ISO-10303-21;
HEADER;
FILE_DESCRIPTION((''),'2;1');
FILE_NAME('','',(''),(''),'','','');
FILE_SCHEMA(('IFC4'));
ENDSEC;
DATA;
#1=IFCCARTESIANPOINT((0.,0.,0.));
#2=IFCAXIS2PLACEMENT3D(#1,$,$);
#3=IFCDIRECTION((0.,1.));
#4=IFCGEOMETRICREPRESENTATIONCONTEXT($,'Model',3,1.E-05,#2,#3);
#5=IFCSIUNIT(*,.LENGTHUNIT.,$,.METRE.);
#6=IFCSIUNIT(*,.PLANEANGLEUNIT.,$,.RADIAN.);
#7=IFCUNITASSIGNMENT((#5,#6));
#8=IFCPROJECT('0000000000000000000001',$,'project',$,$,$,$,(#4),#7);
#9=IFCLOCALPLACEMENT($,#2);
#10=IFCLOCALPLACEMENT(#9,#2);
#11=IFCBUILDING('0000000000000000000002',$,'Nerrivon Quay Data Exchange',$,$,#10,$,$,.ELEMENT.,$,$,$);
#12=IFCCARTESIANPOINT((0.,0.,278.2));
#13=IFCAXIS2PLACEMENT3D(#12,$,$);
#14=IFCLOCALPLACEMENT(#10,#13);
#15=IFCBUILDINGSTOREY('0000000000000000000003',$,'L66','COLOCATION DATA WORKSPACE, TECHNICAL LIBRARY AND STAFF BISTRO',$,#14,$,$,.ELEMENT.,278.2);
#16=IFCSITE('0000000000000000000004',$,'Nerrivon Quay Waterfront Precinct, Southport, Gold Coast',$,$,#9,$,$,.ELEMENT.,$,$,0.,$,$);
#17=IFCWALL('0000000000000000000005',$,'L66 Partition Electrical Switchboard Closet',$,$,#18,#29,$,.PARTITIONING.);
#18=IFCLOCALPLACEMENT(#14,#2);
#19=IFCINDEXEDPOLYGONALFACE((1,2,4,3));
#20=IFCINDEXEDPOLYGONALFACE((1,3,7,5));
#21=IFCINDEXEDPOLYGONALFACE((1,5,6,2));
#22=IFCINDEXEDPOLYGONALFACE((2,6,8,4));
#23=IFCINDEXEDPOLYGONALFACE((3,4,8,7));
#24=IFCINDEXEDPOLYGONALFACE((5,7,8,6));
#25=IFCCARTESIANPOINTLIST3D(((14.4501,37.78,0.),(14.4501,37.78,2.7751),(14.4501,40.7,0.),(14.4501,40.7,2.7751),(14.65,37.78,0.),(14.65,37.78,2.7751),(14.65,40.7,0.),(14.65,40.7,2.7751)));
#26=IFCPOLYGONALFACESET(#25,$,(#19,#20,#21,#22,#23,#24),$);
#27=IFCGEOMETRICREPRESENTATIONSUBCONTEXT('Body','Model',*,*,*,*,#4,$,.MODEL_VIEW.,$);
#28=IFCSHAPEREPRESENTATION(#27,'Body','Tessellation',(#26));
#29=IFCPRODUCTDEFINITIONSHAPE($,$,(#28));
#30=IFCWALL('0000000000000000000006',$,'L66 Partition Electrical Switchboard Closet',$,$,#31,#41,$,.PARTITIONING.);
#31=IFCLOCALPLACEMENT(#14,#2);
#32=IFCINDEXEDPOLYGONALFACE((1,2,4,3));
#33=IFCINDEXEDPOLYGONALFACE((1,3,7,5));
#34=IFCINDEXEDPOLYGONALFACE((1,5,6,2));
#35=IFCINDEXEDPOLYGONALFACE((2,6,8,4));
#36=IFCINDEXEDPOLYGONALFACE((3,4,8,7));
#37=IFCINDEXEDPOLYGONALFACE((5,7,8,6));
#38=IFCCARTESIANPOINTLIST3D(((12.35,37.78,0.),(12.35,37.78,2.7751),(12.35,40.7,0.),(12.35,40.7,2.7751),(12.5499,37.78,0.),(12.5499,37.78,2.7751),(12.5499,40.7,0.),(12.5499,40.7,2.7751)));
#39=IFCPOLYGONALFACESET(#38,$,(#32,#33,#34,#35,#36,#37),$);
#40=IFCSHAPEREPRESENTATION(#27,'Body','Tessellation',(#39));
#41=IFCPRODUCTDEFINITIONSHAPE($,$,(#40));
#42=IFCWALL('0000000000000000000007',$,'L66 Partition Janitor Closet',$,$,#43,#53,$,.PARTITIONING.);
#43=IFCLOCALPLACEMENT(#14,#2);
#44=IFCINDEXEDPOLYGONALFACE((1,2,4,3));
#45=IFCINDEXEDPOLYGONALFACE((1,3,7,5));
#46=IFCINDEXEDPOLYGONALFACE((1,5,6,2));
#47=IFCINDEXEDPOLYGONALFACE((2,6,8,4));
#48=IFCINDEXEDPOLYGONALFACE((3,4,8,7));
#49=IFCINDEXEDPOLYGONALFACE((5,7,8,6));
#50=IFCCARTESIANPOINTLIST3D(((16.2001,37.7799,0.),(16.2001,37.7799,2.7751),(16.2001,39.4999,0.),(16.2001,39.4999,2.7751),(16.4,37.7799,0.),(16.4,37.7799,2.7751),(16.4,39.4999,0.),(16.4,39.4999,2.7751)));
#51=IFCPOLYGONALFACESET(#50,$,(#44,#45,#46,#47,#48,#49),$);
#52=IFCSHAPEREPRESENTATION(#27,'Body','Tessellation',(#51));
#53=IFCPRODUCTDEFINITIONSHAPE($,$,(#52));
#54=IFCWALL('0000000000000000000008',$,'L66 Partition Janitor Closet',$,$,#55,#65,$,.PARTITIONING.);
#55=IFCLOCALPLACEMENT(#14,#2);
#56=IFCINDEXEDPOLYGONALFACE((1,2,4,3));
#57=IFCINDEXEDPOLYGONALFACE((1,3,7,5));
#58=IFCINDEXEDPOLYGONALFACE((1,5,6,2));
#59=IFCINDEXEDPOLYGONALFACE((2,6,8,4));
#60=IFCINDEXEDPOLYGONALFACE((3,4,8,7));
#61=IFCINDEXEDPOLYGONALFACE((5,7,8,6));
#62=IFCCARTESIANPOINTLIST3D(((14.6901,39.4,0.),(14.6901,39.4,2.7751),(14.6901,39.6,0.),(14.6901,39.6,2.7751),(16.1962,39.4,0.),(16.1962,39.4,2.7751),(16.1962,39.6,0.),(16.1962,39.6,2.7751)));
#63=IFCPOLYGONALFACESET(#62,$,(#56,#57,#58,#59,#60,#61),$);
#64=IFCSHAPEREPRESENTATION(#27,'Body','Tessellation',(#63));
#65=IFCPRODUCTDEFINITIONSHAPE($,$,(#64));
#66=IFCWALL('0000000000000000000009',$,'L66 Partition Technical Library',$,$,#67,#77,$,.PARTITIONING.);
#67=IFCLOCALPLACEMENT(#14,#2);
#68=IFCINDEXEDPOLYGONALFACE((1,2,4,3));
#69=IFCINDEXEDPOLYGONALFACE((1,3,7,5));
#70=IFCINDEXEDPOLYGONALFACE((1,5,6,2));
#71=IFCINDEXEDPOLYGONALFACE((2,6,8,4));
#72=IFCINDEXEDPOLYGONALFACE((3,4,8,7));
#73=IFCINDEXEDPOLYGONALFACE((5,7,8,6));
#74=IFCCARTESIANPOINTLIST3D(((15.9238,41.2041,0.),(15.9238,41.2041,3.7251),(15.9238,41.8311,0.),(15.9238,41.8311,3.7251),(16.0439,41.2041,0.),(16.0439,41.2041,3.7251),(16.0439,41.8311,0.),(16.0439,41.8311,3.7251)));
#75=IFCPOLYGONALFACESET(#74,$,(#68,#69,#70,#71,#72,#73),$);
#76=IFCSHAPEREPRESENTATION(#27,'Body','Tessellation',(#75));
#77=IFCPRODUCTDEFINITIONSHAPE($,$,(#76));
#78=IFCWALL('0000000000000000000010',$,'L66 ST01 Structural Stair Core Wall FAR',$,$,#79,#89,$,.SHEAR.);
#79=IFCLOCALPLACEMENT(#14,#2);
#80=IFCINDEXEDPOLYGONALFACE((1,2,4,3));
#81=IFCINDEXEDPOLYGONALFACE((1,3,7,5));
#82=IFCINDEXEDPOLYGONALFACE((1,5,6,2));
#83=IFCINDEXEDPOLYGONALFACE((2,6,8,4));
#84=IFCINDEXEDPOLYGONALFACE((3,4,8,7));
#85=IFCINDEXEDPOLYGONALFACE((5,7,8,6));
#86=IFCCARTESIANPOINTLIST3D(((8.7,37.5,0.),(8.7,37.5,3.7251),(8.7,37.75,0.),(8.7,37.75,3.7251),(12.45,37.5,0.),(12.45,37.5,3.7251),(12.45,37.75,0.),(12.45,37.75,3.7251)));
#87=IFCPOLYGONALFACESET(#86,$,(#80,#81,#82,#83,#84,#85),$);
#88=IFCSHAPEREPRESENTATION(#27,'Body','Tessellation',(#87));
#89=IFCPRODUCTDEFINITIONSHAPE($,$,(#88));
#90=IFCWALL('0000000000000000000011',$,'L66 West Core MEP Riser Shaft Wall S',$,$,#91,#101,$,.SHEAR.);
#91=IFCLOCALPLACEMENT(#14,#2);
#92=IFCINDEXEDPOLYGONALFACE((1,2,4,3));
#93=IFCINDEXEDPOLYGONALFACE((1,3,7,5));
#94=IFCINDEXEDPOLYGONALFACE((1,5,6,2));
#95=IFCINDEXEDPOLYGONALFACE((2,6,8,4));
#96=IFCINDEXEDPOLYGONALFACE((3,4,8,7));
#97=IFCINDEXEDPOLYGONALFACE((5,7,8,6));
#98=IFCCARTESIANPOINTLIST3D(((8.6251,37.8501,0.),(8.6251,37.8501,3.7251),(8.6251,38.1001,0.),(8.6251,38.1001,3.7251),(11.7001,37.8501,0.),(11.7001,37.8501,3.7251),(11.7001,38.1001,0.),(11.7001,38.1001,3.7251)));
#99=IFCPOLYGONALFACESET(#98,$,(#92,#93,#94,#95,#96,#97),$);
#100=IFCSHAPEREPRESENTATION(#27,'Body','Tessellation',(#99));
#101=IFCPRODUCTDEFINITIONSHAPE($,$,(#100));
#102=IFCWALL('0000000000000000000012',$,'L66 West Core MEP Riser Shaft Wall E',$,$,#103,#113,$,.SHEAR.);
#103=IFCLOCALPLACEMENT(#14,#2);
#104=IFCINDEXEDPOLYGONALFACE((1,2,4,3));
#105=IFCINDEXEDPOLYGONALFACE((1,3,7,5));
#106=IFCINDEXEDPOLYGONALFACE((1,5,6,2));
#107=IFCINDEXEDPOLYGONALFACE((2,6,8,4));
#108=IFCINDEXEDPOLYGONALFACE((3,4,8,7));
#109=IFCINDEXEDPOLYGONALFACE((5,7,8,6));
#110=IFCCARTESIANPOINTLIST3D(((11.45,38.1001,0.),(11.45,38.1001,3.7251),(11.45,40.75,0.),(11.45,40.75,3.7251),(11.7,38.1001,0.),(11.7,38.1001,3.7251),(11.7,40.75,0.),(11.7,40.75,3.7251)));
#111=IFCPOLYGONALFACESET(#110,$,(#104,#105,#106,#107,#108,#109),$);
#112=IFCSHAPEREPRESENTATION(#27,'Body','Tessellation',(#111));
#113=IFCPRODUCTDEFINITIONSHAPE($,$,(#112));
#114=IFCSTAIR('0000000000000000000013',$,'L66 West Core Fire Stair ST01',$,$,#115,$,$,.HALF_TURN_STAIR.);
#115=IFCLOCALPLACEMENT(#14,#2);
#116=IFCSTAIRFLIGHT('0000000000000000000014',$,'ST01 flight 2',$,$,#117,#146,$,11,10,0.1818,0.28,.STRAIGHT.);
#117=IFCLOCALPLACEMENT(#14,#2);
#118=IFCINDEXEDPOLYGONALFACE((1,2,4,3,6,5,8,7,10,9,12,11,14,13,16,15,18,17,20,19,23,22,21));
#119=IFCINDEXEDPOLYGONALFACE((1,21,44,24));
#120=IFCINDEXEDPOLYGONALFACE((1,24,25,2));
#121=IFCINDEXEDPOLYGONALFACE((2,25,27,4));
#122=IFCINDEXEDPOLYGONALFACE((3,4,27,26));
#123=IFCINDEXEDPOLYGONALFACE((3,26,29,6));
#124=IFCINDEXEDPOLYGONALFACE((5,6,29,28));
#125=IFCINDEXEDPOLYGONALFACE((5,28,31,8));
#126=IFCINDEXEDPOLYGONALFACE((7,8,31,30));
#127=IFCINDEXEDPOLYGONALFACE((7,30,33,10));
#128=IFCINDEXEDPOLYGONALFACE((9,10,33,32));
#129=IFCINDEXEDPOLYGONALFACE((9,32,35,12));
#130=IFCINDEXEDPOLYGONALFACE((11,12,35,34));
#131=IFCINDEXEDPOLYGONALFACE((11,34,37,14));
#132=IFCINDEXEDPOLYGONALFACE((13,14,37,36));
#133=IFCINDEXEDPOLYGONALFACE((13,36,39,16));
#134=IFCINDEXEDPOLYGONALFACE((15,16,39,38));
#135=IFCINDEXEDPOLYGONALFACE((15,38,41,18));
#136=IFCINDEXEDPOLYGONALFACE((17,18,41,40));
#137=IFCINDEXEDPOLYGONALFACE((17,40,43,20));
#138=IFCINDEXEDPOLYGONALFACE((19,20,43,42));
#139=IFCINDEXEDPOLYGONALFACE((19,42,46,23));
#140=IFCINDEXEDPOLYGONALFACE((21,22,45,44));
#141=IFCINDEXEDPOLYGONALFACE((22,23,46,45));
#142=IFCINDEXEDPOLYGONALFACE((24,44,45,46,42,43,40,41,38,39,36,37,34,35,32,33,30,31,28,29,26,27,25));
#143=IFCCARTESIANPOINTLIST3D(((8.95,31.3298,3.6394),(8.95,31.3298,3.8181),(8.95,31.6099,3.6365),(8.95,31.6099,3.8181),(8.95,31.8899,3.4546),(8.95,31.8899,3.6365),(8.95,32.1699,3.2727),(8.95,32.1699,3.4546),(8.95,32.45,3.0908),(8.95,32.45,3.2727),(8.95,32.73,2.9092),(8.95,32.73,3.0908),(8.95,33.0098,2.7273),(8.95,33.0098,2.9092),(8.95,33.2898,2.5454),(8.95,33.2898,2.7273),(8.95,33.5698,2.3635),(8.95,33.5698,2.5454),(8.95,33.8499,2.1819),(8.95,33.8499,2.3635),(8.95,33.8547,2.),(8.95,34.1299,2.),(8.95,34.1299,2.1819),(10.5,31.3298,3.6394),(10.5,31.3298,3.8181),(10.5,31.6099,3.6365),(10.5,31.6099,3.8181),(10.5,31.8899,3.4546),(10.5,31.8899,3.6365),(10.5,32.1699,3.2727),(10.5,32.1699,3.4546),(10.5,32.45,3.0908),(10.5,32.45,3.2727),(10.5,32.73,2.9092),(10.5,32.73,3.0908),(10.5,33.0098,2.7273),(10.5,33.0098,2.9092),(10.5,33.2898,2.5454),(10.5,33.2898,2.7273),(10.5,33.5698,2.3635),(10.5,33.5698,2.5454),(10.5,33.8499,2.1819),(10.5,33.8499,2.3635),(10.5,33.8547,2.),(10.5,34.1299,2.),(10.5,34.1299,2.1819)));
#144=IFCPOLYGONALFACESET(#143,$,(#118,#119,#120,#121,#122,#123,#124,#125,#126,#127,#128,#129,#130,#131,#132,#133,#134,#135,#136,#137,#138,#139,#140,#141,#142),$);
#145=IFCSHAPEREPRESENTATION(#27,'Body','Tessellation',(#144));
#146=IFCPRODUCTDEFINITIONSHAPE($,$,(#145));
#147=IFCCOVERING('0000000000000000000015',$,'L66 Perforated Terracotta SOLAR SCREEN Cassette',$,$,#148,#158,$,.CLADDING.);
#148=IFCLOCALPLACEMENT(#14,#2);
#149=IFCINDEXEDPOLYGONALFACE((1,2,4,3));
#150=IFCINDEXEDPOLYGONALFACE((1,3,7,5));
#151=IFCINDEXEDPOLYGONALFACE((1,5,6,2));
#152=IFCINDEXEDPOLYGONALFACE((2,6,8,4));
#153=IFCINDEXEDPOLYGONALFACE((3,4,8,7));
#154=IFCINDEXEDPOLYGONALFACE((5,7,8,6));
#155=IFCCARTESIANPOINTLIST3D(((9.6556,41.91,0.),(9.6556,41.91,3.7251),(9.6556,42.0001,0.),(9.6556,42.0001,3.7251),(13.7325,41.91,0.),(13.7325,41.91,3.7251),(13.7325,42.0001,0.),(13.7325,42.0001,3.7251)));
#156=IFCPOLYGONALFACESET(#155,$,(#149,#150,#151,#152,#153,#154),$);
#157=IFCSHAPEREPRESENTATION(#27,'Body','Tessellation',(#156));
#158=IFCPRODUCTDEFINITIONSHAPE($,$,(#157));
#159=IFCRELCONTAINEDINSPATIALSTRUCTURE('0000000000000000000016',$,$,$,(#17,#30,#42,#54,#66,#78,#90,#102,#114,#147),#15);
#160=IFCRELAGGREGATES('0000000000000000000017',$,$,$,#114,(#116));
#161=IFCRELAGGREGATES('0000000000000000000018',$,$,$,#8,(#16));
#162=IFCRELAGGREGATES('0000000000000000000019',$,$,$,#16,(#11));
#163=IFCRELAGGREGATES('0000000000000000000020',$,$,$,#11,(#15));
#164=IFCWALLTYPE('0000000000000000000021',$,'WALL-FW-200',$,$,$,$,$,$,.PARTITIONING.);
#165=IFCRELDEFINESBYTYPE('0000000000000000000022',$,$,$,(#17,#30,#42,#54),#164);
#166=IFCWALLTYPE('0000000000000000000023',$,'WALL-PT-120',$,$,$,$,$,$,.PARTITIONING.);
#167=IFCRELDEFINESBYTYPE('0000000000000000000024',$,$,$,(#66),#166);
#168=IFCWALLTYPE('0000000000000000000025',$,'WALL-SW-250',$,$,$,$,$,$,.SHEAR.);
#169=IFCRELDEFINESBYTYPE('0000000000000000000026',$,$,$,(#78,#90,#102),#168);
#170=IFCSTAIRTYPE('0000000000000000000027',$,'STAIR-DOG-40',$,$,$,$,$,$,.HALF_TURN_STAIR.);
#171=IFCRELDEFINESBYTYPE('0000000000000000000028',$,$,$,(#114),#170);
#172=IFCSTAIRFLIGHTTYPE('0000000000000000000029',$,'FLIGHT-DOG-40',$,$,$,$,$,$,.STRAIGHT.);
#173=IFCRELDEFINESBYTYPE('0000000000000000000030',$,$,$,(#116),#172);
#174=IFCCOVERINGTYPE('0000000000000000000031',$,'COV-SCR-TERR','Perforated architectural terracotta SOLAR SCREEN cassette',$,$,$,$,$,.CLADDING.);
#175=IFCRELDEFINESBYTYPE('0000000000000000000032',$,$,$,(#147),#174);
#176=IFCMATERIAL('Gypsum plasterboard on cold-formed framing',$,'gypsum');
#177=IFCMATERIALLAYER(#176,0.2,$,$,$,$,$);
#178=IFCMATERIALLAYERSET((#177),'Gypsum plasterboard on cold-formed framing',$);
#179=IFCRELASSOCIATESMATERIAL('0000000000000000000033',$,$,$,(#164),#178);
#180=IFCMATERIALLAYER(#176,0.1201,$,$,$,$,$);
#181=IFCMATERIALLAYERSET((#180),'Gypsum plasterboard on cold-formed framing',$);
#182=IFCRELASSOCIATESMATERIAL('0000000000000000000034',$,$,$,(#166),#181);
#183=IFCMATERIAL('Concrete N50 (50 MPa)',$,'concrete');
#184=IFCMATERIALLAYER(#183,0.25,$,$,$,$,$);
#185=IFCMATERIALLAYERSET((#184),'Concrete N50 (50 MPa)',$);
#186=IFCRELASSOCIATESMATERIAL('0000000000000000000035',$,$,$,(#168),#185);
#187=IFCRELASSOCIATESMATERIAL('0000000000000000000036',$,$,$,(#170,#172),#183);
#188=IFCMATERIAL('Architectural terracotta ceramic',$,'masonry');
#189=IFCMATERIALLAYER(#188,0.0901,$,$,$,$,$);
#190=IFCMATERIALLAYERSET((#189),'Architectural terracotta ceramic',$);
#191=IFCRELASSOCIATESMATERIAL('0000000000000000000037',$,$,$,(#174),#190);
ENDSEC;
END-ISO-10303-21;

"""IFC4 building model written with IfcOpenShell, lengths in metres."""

from ifc_helpers import new_model, si_unit, direction, frame, frame_2d, origin, origin_2d, place, context, subcontext, project, spatial, polyline, rectangle, outline, extrude, material, layer, layer_set, type_object, element, aggregate, save


model = new_model("IFC4")

# Units and contexts
model_context = context("Model", 3, precision=1e-05, world=origin(), true_north=direction((0.0, 1.0)))
body_context = subcontext(model_context, "Body", "Model", "MODEL_VIEW")
ifc_project = project(units=[si_unit("LENGTHUNIT", "METRE"), si_unit("PLANEANGLEUNIT", "RADIAN")], contexts=[model_context])

# Site, building, storey
site_placement = place(None, origin())
site = spatial("IfcSite", under=ifc_project, at=site_placement, Name="Nerrivon Quay Waterfront Precinct, Southport, Gold Coast", CompositionType="ELEMENT", RefElevation=0.0)
building_placement = place(site_placement, origin())
building = spatial("IfcBuilding", under=site, at=building_placement, Name="Nerrivon Quay Data Exchange", CompositionType="ELEMENT")
storey_placement = place(building_placement, frame((0.0, 0.0, 278.2)))
storey = spatial("IfcBuildingStorey", under=building, at=storey_placement, Name="L66", Description="COLOCATION DATA WORKSPACE, TECHNICAL LIBRARY AND STAFF BISTRO", CompositionType="ELEMENT", Elevation=278.2)

# Shared definitions
ifc_material_1 = material(Name="Concrete N50 (50 MPa)", Category="concrete")

# Walls
ifc_material_2 = material(Name="Gypsum plasterboard on cold-formed framing", Category="gypsum")
ifc_layer_1 = layer(ifc_material_2, 0.2)
ifc_layer_set_1 = layer_set([ifc_layer_1], Name="Gypsum plasterboard on cold-formed framing")
wall_type_1 = type_object("IfcWallType", Name="WALL-FW-200", PredefinedType="PARTITIONING", material=ifc_layer_set_1)
for number, where, z_axis, x_axis, name in (
    (1, (14.55, 37.78, 0.0), (0.0, 0.0, 1.0), (0.0, 1.0, 0.0), "L66 Partition Electrical Switchboard Closet"),
    (2, (12.45, 40.7, 0.0), (0.0, 0.0, 1.0), (0.0, -1.0, 0.0), "L66 Partition Electrical Switchboard Closet"),
):
    element("IfcWall", number, at=place(storey_placement, frame(where, z_axis=z_axis, x_axis=x_axis)), inside=storey, type_object=wall_type_1, Name=name, PredefinedType="PARTITIONING", context=body_context, shape_type="SweptSolid", body=[
        extrude(rectangle(XDim=2.9199, YDim=0.2, at=frame_2d((1.46, 0.0))), origin(), (0.0, 0.0, 1.0), 2.7751),
    ])
wall_1_placement = place(storey_placement, frame((16.3, 37.78, 0.0), z_axis=(0.0, 0.0, 1.0), x_axis=(0.0, 1.0, 0.0)))
element("IfcWall", 3, at=wall_1_placement, inside=storey, type_object=wall_type_1, Name="L66 Partition Janitor Closet", PredefinedType="PARTITIONING", context=body_context, shape_type="SweptSolid", body=[
    extrude(rectangle(XDim=1.72, YDim=0.2, at=frame_2d((0.8599, 0.0))), origin(), (0.0, 0.0, 1.0), 2.7751),
])
wall_2_placement = place(storey_placement, frame((16.196, 39.5, 0.0), z_axis=(0.0, 0.0, 1.0), x_axis=(-1.0, 0.0, 0.0)))
element("IfcWall", 4, at=wall_2_placement, inside=storey, type_object=wall_type_1, Name="L66 Partition Janitor Closet", PredefinedType="PARTITIONING", context=body_context, shape_type="SweptSolid", body=[
    extrude(rectangle(XDim=1.5061, YDim=0.2, at=frame_2d((0.7529, 0.0))), origin(), (0.0, 0.0, 1.0), 2.7751),
])
ifc_layer_2 = layer(ifc_material_2, 0.1201)
ifc_layer_set_2 = layer_set([ifc_layer_2], Name="Gypsum plasterboard on cold-formed framing")
wall_type_2 = type_object("IfcWallType", Name="WALL-PT-120", PredefinedType="PARTITIONING", material=ifc_layer_set_2)
wall_3_placement = place(storey_placement, frame((15.9839, 41.2041, 0.0), z_axis=(0.0, 0.0, 1.0), x_axis=(0.0, 1.0, 0.0)))
element("IfcWall", 5, at=wall_3_placement, inside=storey, type_object=wall_type_2, Name="L66 Partition Technical Library", PredefinedType="PARTITIONING", context=body_context, shape_type="SweptSolid", body=[
    extrude(rectangle(XDim=0.627, YDim=0.1201, at=frame_2d((0.3135, 0.0))), origin(), (0.0, 0.0, 1.0), 3.7251),
])
ifc_layer_3 = layer(ifc_material_1, 0.25)
ifc_layer_set_3 = layer_set([ifc_layer_3], Name="Concrete N50 (50 MPa)")
wall_type_3 = type_object("IfcWallType", Name="WALL-SW-250", PredefinedType="SHEAR", material=ifc_layer_set_3)
wall_4_placement = place(storey_placement, frame((12.45, 37.625, 0.0), z_axis=(0.0, 0.0, 1.0), x_axis=(-1.0, 0.0, 0.0)))
element("IfcWall", 6, at=wall_4_placement, inside=storey, type_object=wall_type_3, Name="L66 ST01 Structural Stair Core Wall FAR", PredefinedType="SHEAR", context=body_context, shape_type="SweptSolid", body=[
    extrude(rectangle(XDim=3.75, YDim=0.25, at=frame_2d((1.875, 0.0))), origin(), (0.0, 0.0, 1.0), 3.7251),
])
wall_5_placement = place(storey_placement, frame((8.625, 37.9751, 0.0), z_axis=(0.0, 0.0, 1.0), x_axis=(1.0, 0.0, 0.0)))
element("IfcWall", 7, at=wall_5_placement, inside=storey, type_object=wall_type_3, Name="L66 West Core MEP Riser Shaft Wall S", PredefinedType="SHEAR", context=body_context, shape_type="SweptSolid", body=[
    extrude(rectangle(XDim=3.075, YDim=0.25, at=frame_2d((1.5376, 0.0))), origin(), (0.0, 0.0, 1.0), 3.7251),
])
wall_6_placement = place(storey_placement, frame((11.575, 38.1001, 0.0), z_axis=(0.0, 0.0, 1.0), x_axis=(0.0, 1.0, 0.0)))
element("IfcWall", 8, at=wall_6_placement, inside=storey, type_object=wall_type_3, Name="L66 West Core MEP Riser Shaft Wall E", PredefinedType="SHEAR", context=body_context, shape_type="SweptSolid", body=[
    extrude(rectangle(XDim=2.6499, YDim=0.25, at=frame_2d((1.325, 0.0))), origin(), (0.0, 0.0, 1.0), 3.7251),
])

# Stair, stair flight
stair_type = type_object("IfcStairType", Name="STAIR-DOG-40", PredefinedType="HALF_TURN_STAIR", material=ifc_material_1)
stair_placement = place(storey_placement, origin())
stair = element("IfcStair", 9, at=stair_placement, inside=storey, type_object=stair_type, Name="L66 West Core Fire Stair ST01", PredefinedType="HALF_TURN_STAIR")
stair_flight_type = type_object("IfcStairFlightType", Name="FLIGHT-DOG-40", PredefinedType="STRAIGHT", material=ifc_material_1)
stair_flight_placement = place(storey_placement, frame((9.7251, 34.1299, 2.0), z_axis=(0.0, 0.0, 1.0), x_axis=(0.0, -1.0, 0.0)))
stair_flight = element("IfcStairFlight", 10, at=stair_flight_placement, type_object=stair_flight_type, Name="ST01 flight 2", NumberOfRisers=11, NumberOfTreads=10, PredefinedType="STRAIGHT", RiserHeight=0.1818, TreadLength=0.28, context=body_context, shape_type="SweptSolid", body=[
    extrude(outline(polyline([(0.0, 0.0), (0.0, 0.1819), (0.28, 0.1819), (0.28, 0.3635), (0.5601, 0.3635), (0.5601, 0.5454), (0.8401, 0.5454), (0.8401, 0.7273), (1.1201, 0.7273), (1.1201, 0.9092), (1.3999, 0.9092), (1.3999, 1.0908), (1.6799, 1.0908), (1.6799, 1.2727), (1.96, 1.2727), (1.96, 1.4546), (2.24, 1.4546), (2.24, 1.6365), (2.52, 1.6365), (2.52, 1.8181), (2.8, 1.8181), (2.8, 2.0), (2.8, 1.6394), (0.2751, 0.0), (0.0, 0.0)])), frame((0.0, 0.7749, 0.0), z_axis=(0.0, -1.0, 0.0), x_axis=(1.0, 0.0, 0.0)), (0.0, 0.0, 1.0), 1.55),
])
aggregate(stair, [stair_flight])

# Covering
ifc_material_3 = material(Name="Architectural terracotta ceramic", Category="masonry")
ifc_layer_4 = layer(ifc_material_3, 0.0901)
ifc_layer_set_4 = layer_set([ifc_layer_4], Name="Architectural terracotta ceramic")
covering_type = type_object("IfcCoveringType", Name="COV-SCR-TERR", Description="Perforated architectural terracotta SOLAR SCREEN cassette", PredefinedType="CLADDING", material=ifc_layer_set_4)
covering_placement = place(storey_placement, frame((11.6941, 41.9551, 0.0), z_axis=(0.0, 0.0, 1.0), x_axis=(1.0, 0.0, 0.0)))
element("IfcCovering", 11, at=covering_placement, inside=storey, type_object=covering_type, Name="L66 Perforated Terracotta SOLAR SCREEN Cassette", PredefinedType="CLADDING", context=body_context, shape_type="SweptSolid", body=[
    extrude(rectangle(XDim=4.0769, YDim=0.0901, at=origin_2d()), origin(), (0.0, 0.0, 1.0), 3.7251),
])

save(model, "model.ifc")
